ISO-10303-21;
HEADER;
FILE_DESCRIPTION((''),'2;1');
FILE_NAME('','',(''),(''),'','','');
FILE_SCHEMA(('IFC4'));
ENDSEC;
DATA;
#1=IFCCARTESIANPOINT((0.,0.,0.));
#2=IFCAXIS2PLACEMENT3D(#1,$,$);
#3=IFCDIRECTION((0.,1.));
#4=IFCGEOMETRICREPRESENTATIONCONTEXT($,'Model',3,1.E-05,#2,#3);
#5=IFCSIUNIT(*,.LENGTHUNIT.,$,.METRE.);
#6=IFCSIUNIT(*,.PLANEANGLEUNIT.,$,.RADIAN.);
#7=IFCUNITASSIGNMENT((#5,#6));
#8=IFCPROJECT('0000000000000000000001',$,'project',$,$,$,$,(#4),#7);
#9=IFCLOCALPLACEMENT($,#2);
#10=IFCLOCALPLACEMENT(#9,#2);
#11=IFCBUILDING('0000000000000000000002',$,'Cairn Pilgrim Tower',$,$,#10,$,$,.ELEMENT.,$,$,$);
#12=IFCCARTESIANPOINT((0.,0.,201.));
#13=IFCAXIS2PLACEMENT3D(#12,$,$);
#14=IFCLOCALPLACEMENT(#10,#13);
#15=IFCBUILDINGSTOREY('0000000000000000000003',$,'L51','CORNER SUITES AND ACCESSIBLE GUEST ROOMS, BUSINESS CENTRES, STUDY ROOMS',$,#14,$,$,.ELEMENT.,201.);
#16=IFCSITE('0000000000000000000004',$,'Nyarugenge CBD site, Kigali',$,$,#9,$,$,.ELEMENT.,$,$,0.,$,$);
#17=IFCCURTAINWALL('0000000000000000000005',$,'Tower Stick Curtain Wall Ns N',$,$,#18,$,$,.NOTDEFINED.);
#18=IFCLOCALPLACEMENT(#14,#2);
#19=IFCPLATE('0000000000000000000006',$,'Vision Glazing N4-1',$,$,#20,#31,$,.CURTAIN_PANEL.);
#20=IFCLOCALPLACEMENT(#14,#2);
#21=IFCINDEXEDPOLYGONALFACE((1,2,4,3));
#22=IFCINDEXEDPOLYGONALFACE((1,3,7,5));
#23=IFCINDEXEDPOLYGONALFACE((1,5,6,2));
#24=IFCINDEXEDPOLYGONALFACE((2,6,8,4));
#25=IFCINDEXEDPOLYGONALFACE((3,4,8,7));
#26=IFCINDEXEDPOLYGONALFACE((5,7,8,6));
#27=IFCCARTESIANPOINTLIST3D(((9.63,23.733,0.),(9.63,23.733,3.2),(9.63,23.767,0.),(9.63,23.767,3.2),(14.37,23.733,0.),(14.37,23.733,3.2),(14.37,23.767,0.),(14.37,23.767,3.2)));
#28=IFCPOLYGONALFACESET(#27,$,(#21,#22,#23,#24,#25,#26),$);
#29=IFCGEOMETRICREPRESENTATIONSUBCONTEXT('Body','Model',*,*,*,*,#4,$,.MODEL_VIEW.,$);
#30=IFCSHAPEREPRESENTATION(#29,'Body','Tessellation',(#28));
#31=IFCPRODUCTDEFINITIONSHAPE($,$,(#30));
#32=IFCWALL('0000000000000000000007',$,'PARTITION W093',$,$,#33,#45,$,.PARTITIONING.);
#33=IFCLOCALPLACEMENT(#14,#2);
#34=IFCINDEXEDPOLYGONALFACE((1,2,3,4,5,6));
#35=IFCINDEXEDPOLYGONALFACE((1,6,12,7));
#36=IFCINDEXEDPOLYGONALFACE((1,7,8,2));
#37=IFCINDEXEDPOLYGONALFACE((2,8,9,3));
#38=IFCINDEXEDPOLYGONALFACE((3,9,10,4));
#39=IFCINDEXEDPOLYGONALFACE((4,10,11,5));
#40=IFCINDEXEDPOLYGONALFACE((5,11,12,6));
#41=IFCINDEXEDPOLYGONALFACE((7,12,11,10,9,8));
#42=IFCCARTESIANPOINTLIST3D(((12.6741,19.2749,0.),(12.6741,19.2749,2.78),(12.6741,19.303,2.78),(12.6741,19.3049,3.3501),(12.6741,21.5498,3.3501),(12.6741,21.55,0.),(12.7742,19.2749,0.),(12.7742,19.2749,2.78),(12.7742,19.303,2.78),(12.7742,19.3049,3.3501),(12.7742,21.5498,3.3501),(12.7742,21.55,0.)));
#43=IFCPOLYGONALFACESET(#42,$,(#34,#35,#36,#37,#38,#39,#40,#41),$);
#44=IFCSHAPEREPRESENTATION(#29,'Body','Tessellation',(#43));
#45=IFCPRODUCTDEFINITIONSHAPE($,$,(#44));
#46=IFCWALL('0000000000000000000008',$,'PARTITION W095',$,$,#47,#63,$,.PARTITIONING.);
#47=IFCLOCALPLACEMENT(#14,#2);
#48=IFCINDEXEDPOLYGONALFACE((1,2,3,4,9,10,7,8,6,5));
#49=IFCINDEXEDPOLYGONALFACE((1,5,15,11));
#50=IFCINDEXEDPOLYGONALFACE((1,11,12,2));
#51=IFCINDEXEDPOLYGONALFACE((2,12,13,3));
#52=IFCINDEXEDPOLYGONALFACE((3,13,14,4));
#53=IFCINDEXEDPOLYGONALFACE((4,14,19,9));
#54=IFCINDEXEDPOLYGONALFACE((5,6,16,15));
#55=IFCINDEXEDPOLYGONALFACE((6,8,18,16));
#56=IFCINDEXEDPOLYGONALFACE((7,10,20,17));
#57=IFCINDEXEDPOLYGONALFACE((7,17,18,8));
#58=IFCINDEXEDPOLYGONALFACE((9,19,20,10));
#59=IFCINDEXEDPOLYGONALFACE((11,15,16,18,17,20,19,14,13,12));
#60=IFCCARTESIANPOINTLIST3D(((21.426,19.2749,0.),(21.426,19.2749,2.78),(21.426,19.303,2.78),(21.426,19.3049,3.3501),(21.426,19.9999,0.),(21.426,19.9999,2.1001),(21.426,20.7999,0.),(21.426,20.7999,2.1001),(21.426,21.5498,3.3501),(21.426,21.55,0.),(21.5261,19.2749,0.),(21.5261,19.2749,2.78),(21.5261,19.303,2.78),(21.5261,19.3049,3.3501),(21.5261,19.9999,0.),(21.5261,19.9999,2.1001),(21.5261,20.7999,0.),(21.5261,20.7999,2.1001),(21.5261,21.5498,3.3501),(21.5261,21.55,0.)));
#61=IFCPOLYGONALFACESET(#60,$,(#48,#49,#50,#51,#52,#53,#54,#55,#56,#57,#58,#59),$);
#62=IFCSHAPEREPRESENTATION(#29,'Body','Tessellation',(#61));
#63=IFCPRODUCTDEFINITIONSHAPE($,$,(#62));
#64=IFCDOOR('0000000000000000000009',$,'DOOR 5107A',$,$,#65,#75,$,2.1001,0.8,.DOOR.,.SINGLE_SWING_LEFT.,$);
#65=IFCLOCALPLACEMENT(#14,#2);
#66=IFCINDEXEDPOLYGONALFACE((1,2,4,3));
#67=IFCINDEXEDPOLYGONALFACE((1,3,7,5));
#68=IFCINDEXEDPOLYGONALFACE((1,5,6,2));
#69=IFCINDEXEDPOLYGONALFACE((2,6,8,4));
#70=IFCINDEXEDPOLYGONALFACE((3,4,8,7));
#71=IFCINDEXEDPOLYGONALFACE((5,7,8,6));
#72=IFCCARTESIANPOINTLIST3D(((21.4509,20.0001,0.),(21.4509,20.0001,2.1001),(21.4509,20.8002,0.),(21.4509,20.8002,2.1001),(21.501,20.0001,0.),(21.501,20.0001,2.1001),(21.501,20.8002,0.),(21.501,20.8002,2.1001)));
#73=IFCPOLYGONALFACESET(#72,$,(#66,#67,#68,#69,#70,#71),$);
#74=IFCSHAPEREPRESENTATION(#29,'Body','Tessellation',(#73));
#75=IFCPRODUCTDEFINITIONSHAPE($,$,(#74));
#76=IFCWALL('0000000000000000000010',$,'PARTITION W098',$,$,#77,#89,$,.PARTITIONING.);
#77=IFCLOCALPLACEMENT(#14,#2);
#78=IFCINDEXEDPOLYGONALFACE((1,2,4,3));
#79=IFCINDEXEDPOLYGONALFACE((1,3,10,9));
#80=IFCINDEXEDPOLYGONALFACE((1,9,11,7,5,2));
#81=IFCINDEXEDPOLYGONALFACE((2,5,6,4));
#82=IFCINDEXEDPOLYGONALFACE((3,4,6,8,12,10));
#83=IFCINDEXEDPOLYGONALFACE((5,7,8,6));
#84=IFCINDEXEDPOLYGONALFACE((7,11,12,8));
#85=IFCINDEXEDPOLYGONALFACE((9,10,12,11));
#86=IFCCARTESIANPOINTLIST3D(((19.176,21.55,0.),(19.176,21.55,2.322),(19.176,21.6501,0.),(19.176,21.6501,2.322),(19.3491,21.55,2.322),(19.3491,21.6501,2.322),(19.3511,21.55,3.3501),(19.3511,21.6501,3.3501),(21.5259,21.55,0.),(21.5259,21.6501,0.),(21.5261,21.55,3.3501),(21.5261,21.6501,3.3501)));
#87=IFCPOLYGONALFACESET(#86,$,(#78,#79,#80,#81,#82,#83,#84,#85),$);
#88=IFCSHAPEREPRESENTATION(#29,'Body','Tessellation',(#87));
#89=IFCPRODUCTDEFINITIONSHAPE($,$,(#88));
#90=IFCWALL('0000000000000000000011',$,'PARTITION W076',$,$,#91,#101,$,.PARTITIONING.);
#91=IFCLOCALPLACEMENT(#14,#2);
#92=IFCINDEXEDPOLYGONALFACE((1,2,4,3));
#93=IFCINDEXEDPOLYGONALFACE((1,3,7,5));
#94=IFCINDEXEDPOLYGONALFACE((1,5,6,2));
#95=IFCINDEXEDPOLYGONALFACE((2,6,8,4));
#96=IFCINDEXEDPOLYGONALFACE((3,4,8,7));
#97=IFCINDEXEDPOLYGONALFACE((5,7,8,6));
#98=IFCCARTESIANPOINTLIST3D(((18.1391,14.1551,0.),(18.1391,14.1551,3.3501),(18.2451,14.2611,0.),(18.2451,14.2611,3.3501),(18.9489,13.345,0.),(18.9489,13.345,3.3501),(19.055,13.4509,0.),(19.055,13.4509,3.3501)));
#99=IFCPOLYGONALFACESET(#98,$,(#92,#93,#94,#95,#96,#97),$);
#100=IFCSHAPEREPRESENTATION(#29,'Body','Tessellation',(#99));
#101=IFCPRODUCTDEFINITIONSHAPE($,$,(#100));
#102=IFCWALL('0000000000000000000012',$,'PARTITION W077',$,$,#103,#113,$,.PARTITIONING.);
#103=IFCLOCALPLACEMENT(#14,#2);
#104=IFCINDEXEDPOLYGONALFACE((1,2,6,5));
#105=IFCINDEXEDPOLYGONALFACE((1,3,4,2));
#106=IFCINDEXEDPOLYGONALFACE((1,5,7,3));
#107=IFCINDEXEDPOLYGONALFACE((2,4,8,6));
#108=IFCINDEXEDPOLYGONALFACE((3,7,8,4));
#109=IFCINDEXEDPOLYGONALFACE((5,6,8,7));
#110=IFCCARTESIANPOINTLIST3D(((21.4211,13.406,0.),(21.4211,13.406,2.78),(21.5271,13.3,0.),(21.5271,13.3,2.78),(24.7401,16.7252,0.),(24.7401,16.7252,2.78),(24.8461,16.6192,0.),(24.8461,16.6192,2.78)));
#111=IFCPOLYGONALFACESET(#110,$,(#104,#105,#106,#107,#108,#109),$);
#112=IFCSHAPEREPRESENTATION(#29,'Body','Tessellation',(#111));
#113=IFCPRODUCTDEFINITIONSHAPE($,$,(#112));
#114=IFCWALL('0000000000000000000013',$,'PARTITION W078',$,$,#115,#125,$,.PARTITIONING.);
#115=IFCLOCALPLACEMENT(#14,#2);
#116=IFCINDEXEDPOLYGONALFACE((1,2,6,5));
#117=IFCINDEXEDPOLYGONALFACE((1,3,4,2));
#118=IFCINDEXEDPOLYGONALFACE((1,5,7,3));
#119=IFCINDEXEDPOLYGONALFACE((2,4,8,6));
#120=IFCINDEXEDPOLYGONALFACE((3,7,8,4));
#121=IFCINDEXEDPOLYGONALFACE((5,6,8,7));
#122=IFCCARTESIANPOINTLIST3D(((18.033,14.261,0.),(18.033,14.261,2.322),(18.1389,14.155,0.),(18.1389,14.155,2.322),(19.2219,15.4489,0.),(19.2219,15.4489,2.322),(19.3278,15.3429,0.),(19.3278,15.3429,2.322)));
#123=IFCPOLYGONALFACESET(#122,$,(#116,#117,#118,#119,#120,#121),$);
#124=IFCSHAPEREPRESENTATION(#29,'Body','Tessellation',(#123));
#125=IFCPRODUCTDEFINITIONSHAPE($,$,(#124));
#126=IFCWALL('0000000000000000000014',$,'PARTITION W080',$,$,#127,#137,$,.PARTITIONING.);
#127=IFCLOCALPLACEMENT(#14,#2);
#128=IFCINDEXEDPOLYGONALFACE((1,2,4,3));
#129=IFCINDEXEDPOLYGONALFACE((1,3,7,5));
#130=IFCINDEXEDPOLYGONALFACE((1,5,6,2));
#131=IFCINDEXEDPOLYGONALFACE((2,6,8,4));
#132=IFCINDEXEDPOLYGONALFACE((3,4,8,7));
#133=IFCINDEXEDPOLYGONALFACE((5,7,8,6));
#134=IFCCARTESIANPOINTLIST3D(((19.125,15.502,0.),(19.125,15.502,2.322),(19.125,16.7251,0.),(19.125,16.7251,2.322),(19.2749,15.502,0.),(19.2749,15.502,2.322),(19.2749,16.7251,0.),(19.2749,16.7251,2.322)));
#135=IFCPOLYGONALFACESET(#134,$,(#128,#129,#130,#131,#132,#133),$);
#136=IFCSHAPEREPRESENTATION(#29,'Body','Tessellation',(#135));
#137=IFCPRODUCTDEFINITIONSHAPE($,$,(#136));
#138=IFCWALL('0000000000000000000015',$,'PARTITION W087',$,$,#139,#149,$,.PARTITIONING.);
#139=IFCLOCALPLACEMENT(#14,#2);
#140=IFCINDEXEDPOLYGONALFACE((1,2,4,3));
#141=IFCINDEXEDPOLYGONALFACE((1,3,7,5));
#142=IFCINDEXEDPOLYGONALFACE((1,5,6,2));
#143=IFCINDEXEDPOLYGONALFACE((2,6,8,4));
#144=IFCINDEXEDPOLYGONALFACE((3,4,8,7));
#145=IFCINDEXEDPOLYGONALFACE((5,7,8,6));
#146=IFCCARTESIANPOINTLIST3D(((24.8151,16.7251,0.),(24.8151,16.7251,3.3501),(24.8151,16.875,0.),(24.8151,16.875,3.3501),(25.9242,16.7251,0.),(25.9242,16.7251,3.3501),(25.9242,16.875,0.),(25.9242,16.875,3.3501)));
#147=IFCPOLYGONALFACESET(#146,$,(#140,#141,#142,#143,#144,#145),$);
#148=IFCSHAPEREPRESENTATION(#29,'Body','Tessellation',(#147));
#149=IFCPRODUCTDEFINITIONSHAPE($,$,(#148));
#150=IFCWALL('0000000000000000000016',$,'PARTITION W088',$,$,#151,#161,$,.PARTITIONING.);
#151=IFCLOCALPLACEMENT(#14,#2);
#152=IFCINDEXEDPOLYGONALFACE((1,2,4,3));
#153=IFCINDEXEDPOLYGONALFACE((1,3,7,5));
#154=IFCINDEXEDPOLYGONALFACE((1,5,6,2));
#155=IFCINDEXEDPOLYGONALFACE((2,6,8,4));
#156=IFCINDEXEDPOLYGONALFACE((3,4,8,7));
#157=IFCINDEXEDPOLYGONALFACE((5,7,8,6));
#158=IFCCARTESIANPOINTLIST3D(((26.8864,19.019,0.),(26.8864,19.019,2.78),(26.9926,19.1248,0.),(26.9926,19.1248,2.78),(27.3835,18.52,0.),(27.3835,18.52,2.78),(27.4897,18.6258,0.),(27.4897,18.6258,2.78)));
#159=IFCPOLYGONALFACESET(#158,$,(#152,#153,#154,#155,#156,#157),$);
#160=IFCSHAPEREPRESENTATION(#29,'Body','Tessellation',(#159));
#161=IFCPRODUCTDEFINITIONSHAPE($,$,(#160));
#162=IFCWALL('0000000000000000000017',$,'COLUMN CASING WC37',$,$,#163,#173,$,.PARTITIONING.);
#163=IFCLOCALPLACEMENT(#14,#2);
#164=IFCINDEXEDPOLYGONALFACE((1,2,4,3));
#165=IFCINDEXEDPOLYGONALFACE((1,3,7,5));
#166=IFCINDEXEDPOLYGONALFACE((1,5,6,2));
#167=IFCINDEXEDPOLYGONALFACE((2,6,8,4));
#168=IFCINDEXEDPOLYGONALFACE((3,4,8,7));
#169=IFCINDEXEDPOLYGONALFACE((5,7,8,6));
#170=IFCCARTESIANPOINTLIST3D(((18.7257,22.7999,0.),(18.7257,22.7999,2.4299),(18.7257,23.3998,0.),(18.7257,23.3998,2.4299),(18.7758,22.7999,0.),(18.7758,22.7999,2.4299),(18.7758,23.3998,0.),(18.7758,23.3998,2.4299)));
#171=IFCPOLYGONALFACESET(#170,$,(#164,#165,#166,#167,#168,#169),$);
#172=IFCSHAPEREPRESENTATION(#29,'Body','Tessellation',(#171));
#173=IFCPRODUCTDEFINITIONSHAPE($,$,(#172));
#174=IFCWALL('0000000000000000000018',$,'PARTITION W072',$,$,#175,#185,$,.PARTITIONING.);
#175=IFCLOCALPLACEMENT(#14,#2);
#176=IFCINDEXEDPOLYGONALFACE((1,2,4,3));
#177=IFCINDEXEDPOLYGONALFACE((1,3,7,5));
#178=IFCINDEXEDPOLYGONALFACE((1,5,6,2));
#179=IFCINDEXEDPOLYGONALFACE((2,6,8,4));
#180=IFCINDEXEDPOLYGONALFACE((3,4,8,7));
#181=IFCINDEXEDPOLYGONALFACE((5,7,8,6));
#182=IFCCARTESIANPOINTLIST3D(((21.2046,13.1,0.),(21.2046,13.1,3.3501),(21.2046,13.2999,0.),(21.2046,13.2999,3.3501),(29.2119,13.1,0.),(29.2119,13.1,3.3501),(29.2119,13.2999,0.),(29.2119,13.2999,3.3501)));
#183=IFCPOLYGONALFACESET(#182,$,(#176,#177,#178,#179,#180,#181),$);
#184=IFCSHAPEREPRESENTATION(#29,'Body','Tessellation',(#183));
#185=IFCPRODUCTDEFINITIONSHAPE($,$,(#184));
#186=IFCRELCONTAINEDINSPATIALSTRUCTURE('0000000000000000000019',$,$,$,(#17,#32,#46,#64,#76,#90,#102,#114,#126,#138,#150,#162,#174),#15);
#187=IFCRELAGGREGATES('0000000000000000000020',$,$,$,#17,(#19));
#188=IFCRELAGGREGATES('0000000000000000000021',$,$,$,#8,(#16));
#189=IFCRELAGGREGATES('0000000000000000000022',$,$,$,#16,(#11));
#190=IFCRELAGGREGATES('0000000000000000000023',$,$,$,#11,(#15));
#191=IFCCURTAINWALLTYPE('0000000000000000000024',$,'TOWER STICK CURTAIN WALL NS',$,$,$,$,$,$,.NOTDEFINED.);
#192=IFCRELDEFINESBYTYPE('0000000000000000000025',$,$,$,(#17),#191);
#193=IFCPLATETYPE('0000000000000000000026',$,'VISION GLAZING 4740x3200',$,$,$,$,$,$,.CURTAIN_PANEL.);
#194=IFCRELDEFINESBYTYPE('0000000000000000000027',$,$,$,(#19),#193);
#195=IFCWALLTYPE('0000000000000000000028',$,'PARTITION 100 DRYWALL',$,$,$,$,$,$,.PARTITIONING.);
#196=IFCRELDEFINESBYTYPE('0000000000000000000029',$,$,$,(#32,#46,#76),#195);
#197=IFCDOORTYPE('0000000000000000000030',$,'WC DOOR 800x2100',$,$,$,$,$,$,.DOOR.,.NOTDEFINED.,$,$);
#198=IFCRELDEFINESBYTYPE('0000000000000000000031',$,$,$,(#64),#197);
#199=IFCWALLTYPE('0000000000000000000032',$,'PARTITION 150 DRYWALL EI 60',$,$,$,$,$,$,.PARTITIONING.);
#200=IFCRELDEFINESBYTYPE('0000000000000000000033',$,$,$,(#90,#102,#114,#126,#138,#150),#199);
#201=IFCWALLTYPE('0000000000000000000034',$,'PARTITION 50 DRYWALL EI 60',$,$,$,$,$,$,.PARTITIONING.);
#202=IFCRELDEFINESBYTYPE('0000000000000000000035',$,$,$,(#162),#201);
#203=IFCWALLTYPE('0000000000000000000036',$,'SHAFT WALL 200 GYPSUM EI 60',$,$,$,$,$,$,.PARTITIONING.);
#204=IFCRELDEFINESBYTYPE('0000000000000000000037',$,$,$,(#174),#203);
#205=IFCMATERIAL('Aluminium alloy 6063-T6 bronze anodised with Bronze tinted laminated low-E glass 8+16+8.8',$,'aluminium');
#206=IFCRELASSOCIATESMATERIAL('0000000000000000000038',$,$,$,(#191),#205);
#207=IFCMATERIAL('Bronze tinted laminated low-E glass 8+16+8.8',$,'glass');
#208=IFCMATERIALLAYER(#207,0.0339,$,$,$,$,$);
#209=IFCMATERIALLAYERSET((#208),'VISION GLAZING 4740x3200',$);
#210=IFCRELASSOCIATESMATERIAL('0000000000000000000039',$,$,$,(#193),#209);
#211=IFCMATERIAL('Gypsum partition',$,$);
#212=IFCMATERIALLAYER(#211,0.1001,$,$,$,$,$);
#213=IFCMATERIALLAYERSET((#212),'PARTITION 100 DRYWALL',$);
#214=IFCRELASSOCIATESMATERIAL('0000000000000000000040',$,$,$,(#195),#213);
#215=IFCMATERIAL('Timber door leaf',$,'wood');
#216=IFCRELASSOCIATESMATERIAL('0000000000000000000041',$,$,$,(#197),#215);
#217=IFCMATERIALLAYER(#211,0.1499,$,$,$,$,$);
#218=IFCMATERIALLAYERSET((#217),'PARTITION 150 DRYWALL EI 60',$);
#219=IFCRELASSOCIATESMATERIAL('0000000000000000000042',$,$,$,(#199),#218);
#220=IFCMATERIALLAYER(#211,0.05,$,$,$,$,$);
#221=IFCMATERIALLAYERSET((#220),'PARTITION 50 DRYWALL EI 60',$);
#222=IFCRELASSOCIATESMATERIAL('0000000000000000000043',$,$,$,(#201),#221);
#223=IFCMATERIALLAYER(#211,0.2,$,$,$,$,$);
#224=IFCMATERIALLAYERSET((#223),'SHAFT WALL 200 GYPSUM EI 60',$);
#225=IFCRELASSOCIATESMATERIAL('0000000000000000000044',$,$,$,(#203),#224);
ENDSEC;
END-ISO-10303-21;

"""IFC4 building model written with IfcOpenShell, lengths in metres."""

from ifc_helpers import new_model, si_unit, direction, frame, frame_2d, origin, origin_2d, place, context, subcontext, project, spatial, polyline, rectangle, outline, extrude, material, layer, layer_set, type_object, element, fill, aggregate, save


model = new_model("IFC4")

# Units and contexts
model_context = context("Model", 3, precision=1e-05, world=origin(), true_north=direction((0.0, 1.0)))
body_context = subcontext(model_context, "Body", "Model", "MODEL_VIEW")
ifc_project = project(units=[si_unit("LENGTHUNIT", "METRE"), si_unit("PLANEANGLEUNIT", "RADIAN")], contexts=[model_context])

# Site, building, storey
site_placement = place(None, origin())
site = spatial("IfcSite", under=ifc_project, at=site_placement, Name="Nyarugenge CBD site, Kigali", CompositionType="ELEMENT", RefElevation=0.0)
building_placement = place(site_placement, origin())
building = spatial("IfcBuilding", under=site, at=building_placement, Name="Cairn Pilgrim Tower", CompositionType="ELEMENT")
storey_placement = place(building_placement, frame((0.0, 0.0, 201.0)))
storey = spatial("IfcBuildingStorey", under=building, at=storey_placement, Name="L51", Description="CORNER SUITES AND ACCESSIBLE GUEST ROOMS, BUSINESS CENTRES, STUDY ROOMS", CompositionType="ELEMENT", Elevation=201.0)

# Curtain wall
ifc_material_1 = material(Name="Aluminium alloy 6063-T6 bronze anodised with Bronze tinted laminated low-E glass 8+16+8.8", Category="aluminium")
curtain_wall_type = type_object("IfcCurtainWallType", Name="TOWER STICK CURTAIN WALL NS", PredefinedType="NOTDEFINED", material=ifc_material_1)
curtain_wall_placement = place(storey_placement, origin())
curtain_wall = element("IfcCurtainWall", 1, at=curtain_wall_placement, inside=storey, type_object=curtain_wall_type, Name="Tower Stick Curtain Wall Ns N", PredefinedType="NOTDEFINED")

# Plate
ifc_material_2 = material(Name="Bronze tinted laminated low-E glass 8+16+8.8", Category="glass")
ifc_layer_1 = layer(ifc_material_2, 0.0339)
ifc_layer_set_1 = layer_set([ifc_layer_1], Name="VISION GLAZING 4740x3200")
plate_type = type_object("IfcPlateType", Name="VISION GLAZING 4740x3200", PredefinedType="CURTAIN_PANEL", material=ifc_layer_set_1)
plate_1_placement = place(storey_placement, frame((12.0, 23.75, 0.0), z_axis=(0.0, 0.0, 1.0), x_axis=(-1.0, 0.0, 0.0)))
plate_1 = element("IfcPlate", 2, at=plate_1_placement, type_object=plate_type, Name="Vision Glazing N4-1", PredefinedType="CURTAIN_PANEL", context=body_context, shape_type="SweptSolid", body=[
    extrude(rectangle(XDim=4.74, YDim=0.0339, at=origin_2d()), origin(), (0.0, 0.0, 1.0), 3.2),
])
aggregate(curtain_wall, [plate_1])

# Wall
ifc_material_3 = material(Name="Gypsum partition")
ifc_layer_2 = layer(ifc_material_3, 0.1001)
ifc_layer_set_2 = layer_set([ifc_layer_2], Name="PARTITION 100 DRYWALL")
wall_type_1 = type_object("IfcWallType", Name="PARTITION 100 DRYWALL", PredefinedType="PARTITIONING", material=ifc_layer_set_2)
wall_1_placement = place(storey_placement, frame((12.7241, 19.2749, 0.0), z_axis=(0.0, 0.0, 1.0), x_axis=(0.0, 1.0, 0.0)))
element("IfcWall", 3, at=wall_1_placement, inside=storey, type_object=wall_type_1, Name="PARTITION W093", PredefinedType="PARTITIONING", context=body_context, shape_type="SweptSolid", body=[
    extrude(outline(polyline([(0.0, 0.0), (2.2751, 0.0), (2.2749, 3.3501), (0.03, 3.3501), (0.0281, 2.78), (0.0, 2.78), (0.0, 0.0)])), frame((0.0, 0.05, 0.0), z_axis=(0.0, -1.0, 0.0), x_axis=(1.0, 0.0, 0.0)), (0.0, 0.0, 1.0), 0.1001),
])

# Wall, opening, door
wall_2_placement = place(storey_placement, frame((21.4761, 19.2749, 0.0), z_axis=(0.0, 0.0, 1.0), x_axis=(0.0, 1.0, 0.0)))
wall_2 = element("IfcWall", 4, at=wall_2_placement, inside=storey, type_object=wall_type_1, Name="PARTITION W095", PredefinedType="PARTITIONING", context=body_context, shape_type="SweptSolid", body=[
    extrude(outline(polyline([(0.0, 0.0), (2.2751, 0.0), (2.2749, 3.3501), (0.03, 3.3501), (0.0281, 2.78), (0.0, 2.78), (0.0, 0.0)])), frame((0.0, 0.05, 0.0), z_axis=(0.0, -1.0, 0.0), x_axis=(1.0, 0.0, 0.0)), (0.0, 0.0, 1.0), 0.1001),
])
opening_1_placement = place(wall_2_placement, frame((0.7251, 0.0, 0.0)))
opening_1 = element("IfcOpeningElement", 5, at=opening_1_placement, cuts=wall_2, PredefinedType="OPENING", context=body_context, shape_type="SweptSolid", body=[
    extrude(rectangle(XDim=0.8, YDim=2.1001, at=frame_2d((0.3999, 1.05))), frame((0.0, 0.0601, 0.0), z_axis=(0.0, -1.0, 0.0), x_axis=(1.0, 0.0, 0.0)), (0.0, 0.0, 1.0), 0.1201),
])
ifc_material_4 = material(Name="Timber door leaf", Category="wood")
door_type_1 = type_object("IfcDoorType", Name="WC DOOR 800x2100", OperationType="NOTDEFINED", PredefinedType="DOOR", material=ifc_material_4)
door_1_placement = place(opening_1_placement, frame((0.8, 0.0, 0.0), z_axis=(0.0, 0.0, 1.0), x_axis=(-1.0, 0.0, 0.0)))
door_1 = element("IfcDoor", 6, at=door_1_placement, inside=storey, type_object=door_type_1, Name="DOOR 5107A", OperationType="SINGLE_SWING_LEFT", OverallHeight=2.1001, OverallWidth=0.8, PredefinedType="DOOR", context=body_context, shape_type="SweptSolid", body=[
    extrude(rectangle(XDim=0.8, YDim=2.1001, at=frame_2d((0.3999, 1.05))), frame((0.0, 0.0249, 0.0), z_axis=(0.0, -1.0, 0.0), x_axis=(1.0, 0.0, 0.0)), (0.0, 0.0, 1.0), 0.05),
])
fill(opening_1, door_1)

# Walls
wall_3_placement = place(storey_placement, frame((19.176, 21.6001, 0.0), z_axis=(0.0, 0.0, 1.0), x_axis=(1.0, 0.0, 0.0)))
element("IfcWall", 7, at=wall_3_placement, inside=storey, type_object=wall_type_1, Name="PARTITION W098", PredefinedType="PARTITIONING", context=body_context, shape_type="SweptSolid", body=[
    extrude(outline(polyline([(0.0, 0.0), (2.3499, 0.0), (2.3501, 3.3501), (0.175, 3.3501), (0.1731, 2.322), (0.0, 2.322), (0.0, 0.0)])), frame((0.0, 0.05, 0.0), z_axis=(0.0, -1.0, 0.0), x_axis=(1.0, 0.0, 0.0)), (0.0, 0.0, 1.0), 0.1001),
])
ifc_layer_3 = layer(ifc_material_3, 0.1499)
ifc_layer_set_3 = layer_set([ifc_layer_3], Name="PARTITION 150 DRYWALL EI 60")
wall_type_2 = type_object("IfcWallType", Name="PARTITION 150 DRYWALL EI 60", PredefinedType="PARTITIONING", material=ifc_layer_set_3)
wall_4_placement = place(storey_placement, frame((19.002, 13.3979, 0.0), z_axis=(0.0, 0.0, 1.0), x_axis=(-0.707, 0.707213, 0.0)))
element("IfcWall", 8, at=wall_4_placement, inside=storey, type_object=wall_type_2, Name="PARTITION W076", PredefinedType="PARTITIONING", context=body_context, shape_type="SweptSolid", body=[
    extrude(rectangle(XDim=1.1455, YDim=0.1499, at=frame_2d((0.5728, 0.0))), origin(), (0.0, 0.0, 1.0), 3.3501),
])
wall_5_placement = place(storey_placement, frame((21.4741, 13.353, 0.0), z_axis=(0.0, 0.0, 1.0), x_axis=(0.707081, 0.707133, 0.0)))
element("IfcWall", 9, at=wall_5_placement, inside=storey, type_object=wall_type_2, Name="PARTITION W077", PredefinedType="PARTITIONING", context=body_context, shape_type="SweptSolid", body=[
    extrude(rectangle(XDim=4.6938, YDim=0.1499, at=frame_2d((2.3469, 0.0))), origin(), (0.0, 0.0, 1.0), 2.78),
])
wall_6_placement = place(storey_placement, frame((18.0859, 14.208, 0.0), z_axis=(0.0, 0.0, 1.0), x_axis=(0.707397, 0.706816, 0.0)))
element("IfcWall", 10, at=wall_6_placement, inside=storey, type_object=wall_type_2, Name="PARTITION W078", PredefinedType="PARTITIONING", context=body_context, shape_type="SweptSolid", body=[
    extrude(rectangle(XDim=1.6807, YDim=0.1499, at=frame_2d((0.8403, 0.0))), origin(), (0.0, 0.0, 1.0), 2.322),
])
wall_7_placement = place(storey_placement, frame((19.2, 15.502, 0.0), z_axis=(0.0, 0.0, 1.0), x_axis=(0.0, 1.0, 0.0)))
element("IfcWall", 11, at=wall_7_placement, inside=storey, type_object=wall_type_2, Name="PARTITION W080", PredefinedType="PARTITIONING", context=body_context, shape_type="SweptSolid", body=[
    extrude(rectangle(XDim=1.2231, YDim=0.1499, at=frame_2d((0.6116, 0.0))), origin(), (0.0, 0.0, 1.0), 2.322),
])
wall_8_placement = place(storey_placement, frame((24.8149, 16.8, 0.0), z_axis=(0.0, 0.0, 1.0), x_axis=(1.0, 0.0, 0.0)))
element("IfcWall", 12, at=wall_8_placement, inside=storey, type_object=wall_type_2, Name="PARTITION W087", PredefinedType="PARTITIONING", context=body_context, shape_type="SweptSolid", body=[
    extrude(rectangle(XDim=1.1091, YDim=0.1499, at=frame_2d((0.5547, 0.0))), origin(), (0.0, 0.0, 1.0), 3.3501),
])
wall_9_placement = place(storey_placement, frame((27.4365, 18.573, 0.0), z_axis=(0.0, 0.0, 1.0), x_axis=(-0.705719, 0.708492, 0.0)))
element("IfcWall", 13, at=wall_9_placement, inside=storey, type_object=wall_type_2, Name="PARTITION W088", PredefinedType="PARTITIONING", context=body_context, shape_type="SweptSolid", body=[
    extrude(rectangle(XDim=0.7043, YDim=0.1499, at=frame_2d((0.3521, 0.0))), origin(), (0.0, 0.0, 1.0), 2.78),
])
ifc_layer_4 = layer(ifc_material_3, 0.05)
ifc_layer_set_4 = layer_set([ifc_layer_4], Name="PARTITION 50 DRYWALL EI 60")
wall_type_3 = type_object("IfcWallType", Name="PARTITION 50 DRYWALL EI 60", PredefinedType="PARTITIONING", material=ifc_layer_set_4)
wall_10_placement = place(storey_placement, frame((18.7507, 22.8, 0.0), z_axis=(0.0, 0.0, 1.0), x_axis=(0.0, 1.0, 0.0)))
element("IfcWall", 14, at=wall_10_placement, inside=storey, type_object=wall_type_3, Name="COLUMN CASING WC37", PredefinedType="PARTITIONING", context=body_context, shape_type="SweptSolid", body=[
    extrude(rectangle(XDim=0.5999, YDim=0.05, at=frame_2d((0.2998, 0.0))), origin(), (0.0, 0.0, 1.0), 2.4299),
])
ifc_layer_5 = layer(ifc_material_3, 0.2)
ifc_layer_set_5 = layer_set([ifc_layer_5], Name="SHAFT WALL 200 GYPSUM EI 60")
wall_type_4 = type_object("IfcWallType", Name="SHAFT WALL 200 GYPSUM EI 60", PredefinedType="PARTITIONING", material=ifc_layer_set_5)
wall_11_placement = place(storey_placement, frame((21.2046, 13.2, 0.0), z_axis=(0.0, 0.0, 1.0), x_axis=(1.0, 0.0, 0.0)))
element("IfcWall", 15, at=wall_11_placement, inside=storey, type_object=wall_type_4, Name="PARTITION W072", PredefinedType="PARTITIONING", context=body_context, shape_type="SweptSolid", body=[
    extrude(rectangle(XDim=8.0073, YDim=0.2, at=frame_2d((4.0037, 0.0))), origin(), (0.0, 0.0, 1.0), 3.3501),
])

save(model, "model.ifc")
